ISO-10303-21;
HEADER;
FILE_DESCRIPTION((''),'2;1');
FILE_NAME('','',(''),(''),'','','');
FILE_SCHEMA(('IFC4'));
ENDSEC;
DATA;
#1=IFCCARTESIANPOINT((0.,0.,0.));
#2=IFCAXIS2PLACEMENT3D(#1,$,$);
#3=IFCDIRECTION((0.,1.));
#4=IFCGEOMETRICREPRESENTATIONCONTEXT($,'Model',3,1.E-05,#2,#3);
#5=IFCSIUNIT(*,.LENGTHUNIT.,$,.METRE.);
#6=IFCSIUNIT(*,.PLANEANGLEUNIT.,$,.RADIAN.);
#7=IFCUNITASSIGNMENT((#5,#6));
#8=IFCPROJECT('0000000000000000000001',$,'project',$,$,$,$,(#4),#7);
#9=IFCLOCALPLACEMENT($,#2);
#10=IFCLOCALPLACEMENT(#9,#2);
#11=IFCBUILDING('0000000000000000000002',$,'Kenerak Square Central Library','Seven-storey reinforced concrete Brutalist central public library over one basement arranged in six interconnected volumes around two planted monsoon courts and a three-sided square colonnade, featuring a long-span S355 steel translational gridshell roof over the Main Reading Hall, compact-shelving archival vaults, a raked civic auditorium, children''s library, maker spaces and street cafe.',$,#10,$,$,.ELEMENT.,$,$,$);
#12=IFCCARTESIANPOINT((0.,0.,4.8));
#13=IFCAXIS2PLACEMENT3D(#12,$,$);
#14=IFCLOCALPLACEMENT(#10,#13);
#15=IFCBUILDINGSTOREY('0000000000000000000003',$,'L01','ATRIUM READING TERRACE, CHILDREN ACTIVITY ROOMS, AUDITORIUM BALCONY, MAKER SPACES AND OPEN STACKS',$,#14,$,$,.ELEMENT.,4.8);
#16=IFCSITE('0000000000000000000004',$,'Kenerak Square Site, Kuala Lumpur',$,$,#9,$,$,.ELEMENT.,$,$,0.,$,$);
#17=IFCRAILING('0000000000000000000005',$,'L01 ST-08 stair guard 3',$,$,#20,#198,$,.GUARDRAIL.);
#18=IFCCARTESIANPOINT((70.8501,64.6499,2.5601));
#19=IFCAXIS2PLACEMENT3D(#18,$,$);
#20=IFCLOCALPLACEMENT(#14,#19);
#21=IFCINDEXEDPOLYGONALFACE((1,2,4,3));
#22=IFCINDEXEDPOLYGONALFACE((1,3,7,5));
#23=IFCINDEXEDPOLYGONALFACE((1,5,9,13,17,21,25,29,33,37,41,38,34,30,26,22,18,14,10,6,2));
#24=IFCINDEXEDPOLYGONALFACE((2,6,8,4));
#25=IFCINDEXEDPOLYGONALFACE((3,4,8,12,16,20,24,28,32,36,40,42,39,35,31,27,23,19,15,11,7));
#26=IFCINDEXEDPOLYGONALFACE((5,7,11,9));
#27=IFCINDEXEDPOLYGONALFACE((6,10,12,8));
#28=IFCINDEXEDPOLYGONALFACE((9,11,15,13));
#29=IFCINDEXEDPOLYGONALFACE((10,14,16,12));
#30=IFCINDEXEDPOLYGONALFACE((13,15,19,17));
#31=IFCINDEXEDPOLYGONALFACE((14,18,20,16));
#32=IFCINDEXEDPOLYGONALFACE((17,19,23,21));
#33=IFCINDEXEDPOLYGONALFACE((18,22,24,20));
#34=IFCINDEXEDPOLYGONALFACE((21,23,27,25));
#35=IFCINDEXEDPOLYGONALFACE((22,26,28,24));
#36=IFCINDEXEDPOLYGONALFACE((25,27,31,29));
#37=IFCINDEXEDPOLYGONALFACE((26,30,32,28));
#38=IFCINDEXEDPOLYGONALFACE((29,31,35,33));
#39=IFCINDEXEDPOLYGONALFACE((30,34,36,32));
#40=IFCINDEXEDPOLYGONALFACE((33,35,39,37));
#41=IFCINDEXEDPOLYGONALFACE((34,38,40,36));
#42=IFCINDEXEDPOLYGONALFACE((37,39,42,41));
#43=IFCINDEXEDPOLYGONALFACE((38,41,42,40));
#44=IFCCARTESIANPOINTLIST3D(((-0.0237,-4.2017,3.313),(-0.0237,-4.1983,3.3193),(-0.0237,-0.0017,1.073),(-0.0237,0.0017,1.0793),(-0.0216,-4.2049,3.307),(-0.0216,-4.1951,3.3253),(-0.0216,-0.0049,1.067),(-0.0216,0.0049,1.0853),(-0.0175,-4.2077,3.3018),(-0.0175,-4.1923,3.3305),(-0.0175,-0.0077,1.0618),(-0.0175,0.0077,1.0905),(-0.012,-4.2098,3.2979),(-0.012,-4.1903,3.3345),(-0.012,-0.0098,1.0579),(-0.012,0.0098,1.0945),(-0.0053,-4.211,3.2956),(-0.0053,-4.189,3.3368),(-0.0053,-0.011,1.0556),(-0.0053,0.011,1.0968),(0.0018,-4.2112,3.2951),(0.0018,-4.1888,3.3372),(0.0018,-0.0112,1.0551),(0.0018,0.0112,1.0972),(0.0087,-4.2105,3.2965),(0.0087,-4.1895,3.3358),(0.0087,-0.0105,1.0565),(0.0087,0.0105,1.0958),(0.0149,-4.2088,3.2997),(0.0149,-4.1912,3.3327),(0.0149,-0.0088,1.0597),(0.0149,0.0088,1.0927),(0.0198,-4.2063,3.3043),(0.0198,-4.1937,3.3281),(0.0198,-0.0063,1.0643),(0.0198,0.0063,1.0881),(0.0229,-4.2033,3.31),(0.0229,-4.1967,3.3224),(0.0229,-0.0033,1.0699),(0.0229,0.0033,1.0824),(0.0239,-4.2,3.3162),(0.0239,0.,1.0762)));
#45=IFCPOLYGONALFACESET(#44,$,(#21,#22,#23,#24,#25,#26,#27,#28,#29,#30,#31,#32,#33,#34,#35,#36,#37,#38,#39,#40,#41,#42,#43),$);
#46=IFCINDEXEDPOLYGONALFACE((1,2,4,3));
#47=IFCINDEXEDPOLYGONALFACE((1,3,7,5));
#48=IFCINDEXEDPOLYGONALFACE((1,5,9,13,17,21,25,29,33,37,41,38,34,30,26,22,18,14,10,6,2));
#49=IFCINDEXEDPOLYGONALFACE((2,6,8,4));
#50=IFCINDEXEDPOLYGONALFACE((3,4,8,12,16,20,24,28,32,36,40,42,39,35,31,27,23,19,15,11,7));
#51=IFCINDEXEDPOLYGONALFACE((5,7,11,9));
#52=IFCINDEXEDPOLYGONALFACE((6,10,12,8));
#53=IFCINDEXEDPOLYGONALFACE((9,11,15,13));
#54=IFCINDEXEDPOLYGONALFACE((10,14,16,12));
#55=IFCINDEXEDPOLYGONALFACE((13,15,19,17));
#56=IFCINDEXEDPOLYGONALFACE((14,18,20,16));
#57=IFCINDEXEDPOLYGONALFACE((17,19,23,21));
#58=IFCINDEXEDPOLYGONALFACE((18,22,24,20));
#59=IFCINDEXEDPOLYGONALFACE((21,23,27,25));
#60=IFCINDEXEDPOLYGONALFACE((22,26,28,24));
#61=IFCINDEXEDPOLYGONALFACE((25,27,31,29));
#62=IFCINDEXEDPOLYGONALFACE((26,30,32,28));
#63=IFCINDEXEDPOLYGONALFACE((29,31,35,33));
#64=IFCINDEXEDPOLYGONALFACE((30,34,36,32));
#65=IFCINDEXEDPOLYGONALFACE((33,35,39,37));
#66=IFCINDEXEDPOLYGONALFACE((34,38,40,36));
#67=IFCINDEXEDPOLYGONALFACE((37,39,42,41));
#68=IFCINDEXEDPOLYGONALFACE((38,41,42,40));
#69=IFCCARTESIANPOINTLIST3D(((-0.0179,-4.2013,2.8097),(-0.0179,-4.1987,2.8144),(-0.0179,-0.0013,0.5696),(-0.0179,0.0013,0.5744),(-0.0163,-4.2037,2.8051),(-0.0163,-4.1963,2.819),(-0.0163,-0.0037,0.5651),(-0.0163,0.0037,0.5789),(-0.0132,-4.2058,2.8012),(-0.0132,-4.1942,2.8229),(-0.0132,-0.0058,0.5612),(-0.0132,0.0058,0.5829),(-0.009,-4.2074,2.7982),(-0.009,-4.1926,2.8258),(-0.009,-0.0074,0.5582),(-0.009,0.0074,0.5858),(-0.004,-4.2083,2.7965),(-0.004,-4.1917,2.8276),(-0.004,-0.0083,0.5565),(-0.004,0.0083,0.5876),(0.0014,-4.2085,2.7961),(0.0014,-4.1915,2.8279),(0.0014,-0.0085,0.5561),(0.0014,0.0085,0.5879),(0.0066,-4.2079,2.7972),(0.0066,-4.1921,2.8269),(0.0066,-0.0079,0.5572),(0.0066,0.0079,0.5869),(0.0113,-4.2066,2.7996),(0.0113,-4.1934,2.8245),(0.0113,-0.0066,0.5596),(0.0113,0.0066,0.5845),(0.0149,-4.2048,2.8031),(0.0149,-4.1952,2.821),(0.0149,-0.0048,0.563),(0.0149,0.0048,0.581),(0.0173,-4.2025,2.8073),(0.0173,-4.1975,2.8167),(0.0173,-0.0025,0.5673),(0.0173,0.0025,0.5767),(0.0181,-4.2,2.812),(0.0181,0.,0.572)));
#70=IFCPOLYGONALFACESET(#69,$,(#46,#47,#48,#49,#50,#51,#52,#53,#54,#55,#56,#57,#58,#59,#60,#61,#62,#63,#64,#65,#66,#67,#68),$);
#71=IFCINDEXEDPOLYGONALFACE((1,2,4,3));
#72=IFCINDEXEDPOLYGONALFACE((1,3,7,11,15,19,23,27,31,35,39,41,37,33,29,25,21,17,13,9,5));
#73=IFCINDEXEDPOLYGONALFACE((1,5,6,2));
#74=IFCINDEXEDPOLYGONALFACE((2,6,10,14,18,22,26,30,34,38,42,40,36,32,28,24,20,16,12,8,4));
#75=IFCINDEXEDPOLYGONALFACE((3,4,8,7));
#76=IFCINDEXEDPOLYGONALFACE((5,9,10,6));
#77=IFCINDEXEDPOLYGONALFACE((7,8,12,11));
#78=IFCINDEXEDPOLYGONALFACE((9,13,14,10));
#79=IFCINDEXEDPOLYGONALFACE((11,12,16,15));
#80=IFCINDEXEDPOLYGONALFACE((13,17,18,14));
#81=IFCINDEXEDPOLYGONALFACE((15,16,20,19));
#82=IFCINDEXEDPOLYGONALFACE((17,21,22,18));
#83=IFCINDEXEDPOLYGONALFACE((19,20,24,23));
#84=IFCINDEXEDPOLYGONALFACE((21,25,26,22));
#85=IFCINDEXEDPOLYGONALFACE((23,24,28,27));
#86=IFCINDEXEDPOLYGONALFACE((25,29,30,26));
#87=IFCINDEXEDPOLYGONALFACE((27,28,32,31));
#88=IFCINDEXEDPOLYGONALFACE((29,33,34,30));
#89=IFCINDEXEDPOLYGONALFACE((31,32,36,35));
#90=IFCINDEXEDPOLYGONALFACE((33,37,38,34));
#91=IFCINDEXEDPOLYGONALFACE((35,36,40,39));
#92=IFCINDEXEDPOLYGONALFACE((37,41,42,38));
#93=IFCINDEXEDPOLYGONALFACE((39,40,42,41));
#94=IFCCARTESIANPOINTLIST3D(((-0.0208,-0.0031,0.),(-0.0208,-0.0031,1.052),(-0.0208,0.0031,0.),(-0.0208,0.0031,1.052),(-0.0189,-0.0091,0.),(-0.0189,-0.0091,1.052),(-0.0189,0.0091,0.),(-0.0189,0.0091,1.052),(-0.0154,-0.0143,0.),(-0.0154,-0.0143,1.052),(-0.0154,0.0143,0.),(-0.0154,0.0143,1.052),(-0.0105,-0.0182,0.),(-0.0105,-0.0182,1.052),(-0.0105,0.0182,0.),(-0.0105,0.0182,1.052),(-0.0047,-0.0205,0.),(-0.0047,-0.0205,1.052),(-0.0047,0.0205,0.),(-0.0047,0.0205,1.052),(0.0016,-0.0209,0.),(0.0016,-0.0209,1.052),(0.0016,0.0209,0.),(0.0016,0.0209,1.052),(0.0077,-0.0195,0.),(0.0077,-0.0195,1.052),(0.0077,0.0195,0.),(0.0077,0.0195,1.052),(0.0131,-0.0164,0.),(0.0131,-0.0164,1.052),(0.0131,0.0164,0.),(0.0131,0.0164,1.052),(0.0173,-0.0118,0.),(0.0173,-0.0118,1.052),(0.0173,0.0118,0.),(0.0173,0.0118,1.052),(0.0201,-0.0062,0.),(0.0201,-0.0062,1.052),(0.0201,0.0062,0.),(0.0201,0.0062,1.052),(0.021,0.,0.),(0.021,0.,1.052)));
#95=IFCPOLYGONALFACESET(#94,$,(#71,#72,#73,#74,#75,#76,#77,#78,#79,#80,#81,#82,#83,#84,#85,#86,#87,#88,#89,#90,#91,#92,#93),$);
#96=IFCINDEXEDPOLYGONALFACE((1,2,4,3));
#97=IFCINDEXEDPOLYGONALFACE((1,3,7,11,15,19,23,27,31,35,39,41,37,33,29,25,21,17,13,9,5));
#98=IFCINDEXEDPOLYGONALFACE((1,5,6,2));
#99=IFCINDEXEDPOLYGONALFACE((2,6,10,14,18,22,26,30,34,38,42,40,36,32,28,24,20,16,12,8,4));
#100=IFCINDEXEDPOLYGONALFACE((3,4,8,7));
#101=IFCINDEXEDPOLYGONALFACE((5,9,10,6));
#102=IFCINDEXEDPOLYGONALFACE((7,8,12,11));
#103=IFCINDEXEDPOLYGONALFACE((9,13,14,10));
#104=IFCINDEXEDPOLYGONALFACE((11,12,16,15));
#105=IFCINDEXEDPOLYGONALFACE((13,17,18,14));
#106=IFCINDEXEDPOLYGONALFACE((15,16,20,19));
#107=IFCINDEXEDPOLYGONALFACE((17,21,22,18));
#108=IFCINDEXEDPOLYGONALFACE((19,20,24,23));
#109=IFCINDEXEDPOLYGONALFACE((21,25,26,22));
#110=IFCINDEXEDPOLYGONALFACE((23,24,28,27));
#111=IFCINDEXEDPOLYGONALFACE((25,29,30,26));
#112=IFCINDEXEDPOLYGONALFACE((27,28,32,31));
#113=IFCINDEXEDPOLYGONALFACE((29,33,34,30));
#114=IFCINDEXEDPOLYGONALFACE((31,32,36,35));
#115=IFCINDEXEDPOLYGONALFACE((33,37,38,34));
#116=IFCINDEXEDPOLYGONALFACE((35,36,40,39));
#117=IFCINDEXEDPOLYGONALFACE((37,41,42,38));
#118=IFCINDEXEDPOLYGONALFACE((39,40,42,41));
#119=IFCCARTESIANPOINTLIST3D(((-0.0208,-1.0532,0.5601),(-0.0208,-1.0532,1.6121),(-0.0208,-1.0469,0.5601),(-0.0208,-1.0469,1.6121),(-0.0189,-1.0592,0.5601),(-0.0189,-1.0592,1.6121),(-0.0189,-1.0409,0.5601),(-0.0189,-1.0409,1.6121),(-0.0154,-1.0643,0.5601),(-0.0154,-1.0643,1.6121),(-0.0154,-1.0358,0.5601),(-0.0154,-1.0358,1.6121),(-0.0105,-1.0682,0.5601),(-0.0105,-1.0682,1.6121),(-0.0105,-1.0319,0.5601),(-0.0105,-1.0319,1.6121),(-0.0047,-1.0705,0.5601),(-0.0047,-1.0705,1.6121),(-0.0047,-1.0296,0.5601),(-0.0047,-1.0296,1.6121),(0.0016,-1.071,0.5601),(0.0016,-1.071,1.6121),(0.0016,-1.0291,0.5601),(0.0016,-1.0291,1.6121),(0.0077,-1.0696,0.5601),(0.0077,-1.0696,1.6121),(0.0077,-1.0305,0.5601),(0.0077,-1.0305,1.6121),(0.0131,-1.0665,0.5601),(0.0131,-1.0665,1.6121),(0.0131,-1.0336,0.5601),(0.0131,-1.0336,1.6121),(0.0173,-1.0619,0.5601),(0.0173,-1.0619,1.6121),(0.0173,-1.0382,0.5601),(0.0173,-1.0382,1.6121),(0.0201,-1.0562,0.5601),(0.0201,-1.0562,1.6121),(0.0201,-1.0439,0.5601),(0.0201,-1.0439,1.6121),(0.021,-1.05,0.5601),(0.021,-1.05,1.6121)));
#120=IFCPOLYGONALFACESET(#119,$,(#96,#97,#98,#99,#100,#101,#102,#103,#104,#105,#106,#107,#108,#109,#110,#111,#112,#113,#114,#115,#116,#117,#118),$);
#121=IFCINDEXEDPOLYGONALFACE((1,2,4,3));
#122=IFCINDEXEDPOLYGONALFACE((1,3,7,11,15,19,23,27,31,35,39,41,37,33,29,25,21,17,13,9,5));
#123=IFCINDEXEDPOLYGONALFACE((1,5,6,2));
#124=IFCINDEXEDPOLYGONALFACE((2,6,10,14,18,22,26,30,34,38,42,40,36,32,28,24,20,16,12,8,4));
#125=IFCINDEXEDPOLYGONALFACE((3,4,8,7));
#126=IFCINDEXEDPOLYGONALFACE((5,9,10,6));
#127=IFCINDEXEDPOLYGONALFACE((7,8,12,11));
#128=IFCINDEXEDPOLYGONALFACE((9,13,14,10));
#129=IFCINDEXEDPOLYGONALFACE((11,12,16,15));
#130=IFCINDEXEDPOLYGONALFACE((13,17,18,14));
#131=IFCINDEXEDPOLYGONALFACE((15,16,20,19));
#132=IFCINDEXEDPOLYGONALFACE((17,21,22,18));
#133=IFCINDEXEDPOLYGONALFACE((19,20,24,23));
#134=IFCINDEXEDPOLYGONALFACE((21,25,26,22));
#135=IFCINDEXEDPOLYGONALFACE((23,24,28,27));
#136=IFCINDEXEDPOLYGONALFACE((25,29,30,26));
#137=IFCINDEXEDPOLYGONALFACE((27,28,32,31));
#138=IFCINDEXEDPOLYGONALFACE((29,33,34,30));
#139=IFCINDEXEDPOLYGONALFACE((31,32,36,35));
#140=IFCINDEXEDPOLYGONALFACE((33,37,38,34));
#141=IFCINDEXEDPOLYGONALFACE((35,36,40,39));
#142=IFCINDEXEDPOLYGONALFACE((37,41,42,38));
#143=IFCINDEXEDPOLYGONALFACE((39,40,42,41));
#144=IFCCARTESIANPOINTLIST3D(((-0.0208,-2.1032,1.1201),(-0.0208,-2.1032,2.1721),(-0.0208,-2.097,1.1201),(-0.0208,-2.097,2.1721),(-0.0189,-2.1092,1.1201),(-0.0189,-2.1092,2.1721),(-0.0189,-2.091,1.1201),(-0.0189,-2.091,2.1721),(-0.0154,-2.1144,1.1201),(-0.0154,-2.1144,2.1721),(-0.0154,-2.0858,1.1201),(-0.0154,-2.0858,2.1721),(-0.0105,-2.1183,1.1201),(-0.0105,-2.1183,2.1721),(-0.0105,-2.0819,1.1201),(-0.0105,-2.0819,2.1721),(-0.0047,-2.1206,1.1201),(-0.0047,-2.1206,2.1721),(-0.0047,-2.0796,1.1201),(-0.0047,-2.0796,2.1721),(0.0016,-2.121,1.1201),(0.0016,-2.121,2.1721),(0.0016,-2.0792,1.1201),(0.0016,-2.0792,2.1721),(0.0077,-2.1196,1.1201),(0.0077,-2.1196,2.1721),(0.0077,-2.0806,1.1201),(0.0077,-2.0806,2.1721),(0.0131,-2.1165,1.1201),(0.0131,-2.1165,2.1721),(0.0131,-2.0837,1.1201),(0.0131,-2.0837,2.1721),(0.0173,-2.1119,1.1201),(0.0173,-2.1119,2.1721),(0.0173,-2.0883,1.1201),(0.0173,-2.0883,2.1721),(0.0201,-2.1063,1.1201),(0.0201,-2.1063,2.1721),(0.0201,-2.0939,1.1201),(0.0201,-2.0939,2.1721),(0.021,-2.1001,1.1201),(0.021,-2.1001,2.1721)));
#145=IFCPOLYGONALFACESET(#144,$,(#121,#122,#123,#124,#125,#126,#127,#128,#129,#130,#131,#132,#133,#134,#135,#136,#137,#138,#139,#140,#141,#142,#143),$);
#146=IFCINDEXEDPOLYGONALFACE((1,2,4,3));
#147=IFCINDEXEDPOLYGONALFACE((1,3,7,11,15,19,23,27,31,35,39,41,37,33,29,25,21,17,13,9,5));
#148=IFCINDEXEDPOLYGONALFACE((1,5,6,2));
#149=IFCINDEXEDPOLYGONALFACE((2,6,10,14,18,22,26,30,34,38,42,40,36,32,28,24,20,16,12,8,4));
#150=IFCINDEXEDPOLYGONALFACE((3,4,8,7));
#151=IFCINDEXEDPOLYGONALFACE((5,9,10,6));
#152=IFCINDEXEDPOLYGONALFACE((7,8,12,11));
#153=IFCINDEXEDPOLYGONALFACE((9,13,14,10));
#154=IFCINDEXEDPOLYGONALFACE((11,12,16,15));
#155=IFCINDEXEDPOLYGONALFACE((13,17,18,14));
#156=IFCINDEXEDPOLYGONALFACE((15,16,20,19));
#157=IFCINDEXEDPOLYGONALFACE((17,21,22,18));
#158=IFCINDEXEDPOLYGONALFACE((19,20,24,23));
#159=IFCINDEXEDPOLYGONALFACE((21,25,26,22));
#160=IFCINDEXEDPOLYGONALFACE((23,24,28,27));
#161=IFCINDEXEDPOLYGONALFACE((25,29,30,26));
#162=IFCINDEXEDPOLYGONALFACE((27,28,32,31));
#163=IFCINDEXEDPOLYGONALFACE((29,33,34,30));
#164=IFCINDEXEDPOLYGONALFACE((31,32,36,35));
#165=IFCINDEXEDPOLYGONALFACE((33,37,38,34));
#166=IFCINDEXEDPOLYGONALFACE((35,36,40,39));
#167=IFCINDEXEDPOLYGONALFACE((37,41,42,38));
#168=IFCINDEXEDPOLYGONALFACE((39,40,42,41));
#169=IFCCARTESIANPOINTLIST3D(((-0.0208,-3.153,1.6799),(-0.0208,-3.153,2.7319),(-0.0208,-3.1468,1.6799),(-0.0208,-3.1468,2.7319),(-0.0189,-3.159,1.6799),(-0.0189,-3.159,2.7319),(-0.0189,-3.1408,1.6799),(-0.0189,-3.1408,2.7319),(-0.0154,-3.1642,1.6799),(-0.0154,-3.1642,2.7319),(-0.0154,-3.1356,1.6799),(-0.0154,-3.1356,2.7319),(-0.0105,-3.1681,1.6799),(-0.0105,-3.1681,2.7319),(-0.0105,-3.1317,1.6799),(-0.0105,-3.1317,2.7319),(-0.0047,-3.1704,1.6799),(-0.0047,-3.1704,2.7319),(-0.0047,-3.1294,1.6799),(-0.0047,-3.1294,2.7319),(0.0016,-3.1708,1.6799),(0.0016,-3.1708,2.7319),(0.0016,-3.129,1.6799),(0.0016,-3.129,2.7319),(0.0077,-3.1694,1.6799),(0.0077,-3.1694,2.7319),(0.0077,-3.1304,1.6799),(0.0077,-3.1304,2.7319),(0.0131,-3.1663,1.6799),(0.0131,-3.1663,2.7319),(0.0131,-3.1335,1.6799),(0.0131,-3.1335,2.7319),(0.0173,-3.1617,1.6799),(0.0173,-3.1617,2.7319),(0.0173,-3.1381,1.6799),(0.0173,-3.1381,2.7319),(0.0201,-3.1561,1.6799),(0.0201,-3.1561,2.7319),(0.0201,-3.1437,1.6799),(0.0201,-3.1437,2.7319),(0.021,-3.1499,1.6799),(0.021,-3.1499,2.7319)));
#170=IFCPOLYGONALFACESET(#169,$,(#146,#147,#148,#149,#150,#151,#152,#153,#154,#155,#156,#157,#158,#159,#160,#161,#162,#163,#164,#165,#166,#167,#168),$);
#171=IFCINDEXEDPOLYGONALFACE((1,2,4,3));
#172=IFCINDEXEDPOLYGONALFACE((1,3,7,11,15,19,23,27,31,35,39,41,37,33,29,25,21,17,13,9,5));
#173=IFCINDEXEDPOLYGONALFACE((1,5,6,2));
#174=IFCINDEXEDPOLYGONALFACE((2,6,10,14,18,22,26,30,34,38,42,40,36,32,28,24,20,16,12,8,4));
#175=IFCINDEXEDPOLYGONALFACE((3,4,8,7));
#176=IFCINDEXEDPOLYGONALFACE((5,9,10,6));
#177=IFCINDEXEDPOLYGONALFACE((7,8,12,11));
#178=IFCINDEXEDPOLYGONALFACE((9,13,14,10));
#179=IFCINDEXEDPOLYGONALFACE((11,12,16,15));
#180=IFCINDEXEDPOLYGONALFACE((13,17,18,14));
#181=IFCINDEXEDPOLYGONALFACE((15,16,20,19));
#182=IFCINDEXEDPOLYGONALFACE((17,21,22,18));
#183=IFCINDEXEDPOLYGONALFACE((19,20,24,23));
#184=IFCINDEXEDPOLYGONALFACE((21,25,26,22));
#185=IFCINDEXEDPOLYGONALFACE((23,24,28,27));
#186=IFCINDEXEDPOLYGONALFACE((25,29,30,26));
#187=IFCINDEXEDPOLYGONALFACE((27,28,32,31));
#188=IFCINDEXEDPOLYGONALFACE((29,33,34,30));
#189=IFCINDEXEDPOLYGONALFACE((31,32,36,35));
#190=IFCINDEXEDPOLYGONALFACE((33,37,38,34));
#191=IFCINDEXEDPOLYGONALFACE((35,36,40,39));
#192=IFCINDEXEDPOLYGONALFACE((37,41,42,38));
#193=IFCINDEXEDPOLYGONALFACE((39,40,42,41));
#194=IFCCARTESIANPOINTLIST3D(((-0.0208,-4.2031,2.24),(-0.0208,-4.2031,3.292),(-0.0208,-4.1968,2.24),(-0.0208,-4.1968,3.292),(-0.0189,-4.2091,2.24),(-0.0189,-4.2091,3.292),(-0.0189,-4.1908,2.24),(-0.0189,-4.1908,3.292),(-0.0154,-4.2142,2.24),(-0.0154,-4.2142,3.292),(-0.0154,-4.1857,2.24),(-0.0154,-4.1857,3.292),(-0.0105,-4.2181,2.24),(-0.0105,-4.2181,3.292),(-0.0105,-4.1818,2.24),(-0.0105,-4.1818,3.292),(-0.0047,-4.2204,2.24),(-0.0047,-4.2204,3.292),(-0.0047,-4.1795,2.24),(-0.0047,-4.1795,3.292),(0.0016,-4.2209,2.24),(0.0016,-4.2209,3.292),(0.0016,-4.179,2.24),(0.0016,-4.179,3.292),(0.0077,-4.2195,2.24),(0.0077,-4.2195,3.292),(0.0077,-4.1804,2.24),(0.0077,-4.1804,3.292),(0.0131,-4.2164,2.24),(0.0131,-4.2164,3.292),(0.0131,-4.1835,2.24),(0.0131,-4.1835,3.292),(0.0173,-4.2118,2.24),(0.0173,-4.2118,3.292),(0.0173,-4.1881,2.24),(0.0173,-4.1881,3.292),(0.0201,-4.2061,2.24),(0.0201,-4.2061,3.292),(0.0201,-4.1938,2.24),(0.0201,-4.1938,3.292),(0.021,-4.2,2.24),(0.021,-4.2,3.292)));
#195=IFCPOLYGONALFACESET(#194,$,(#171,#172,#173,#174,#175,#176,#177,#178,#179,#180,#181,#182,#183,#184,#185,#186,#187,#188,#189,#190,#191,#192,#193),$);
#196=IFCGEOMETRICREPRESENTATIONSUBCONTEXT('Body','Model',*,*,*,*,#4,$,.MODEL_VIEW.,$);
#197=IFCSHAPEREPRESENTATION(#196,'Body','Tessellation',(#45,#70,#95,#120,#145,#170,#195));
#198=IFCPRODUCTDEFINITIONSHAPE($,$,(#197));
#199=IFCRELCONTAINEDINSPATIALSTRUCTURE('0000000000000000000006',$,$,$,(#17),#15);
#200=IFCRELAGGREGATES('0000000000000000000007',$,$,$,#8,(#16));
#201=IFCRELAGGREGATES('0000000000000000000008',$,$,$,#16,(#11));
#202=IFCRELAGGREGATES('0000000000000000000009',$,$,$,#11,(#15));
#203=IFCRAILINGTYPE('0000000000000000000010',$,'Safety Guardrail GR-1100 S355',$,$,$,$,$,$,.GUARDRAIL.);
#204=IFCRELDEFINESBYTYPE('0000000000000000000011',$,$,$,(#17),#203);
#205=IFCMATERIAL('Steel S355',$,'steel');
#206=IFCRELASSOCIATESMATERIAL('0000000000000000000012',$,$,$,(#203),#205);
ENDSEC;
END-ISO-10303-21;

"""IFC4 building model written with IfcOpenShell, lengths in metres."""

from ifc_helpers import new_model, si_unit, direction, frame, origin, origin_2d, place, context, subcontext, project, spatial, circle, extrude, material, type_object, element, save


model = new_model("IFC4")

# Units and contexts
model_context = context("Model", 3, precision=1e-05, world=origin(), true_north=direction((0.0, 1.0)))
body_context = subcontext(model_context, "Body", "Model", "MODEL_VIEW")
ifc_project = project(units=[si_unit("LENGTHUNIT", "METRE"), si_unit("PLANEANGLEUNIT", "RADIAN")], contexts=[model_context])

# Site, building, storey
site_placement = place(None, origin())
site = spatial("IfcSite", under=ifc_project, at=site_placement, Name="Kenerak Square Site, Kuala Lumpur", CompositionType="ELEMENT", RefElevation=0.0)
building_placement = place(site_placement, origin())
building = spatial("IfcBuilding", under=site, at=building_placement, Name="Kenerak Square Central Library", Description="Seven-storey reinforced concrete Brutalist central public library over one basement arranged in six interconnected volumes around two planted monsoon courts and a three-sided square colonnade, featuring a long-span S355 steel translational gridshell roof over the Main Reading Hall, compact-shelving archival vaults, a raked civic auditorium, children's library, maker spaces and street cafe.", CompositionType="ELEMENT")
storey_placement = place(building_placement, frame((0.0, 0.0, 4.8)))
storey = spatial("IfcBuildingStorey", under=building, at=storey_placement, Name="L01", Description="ATRIUM READING TERRACE, CHILDREN ACTIVITY ROOMS, AUDITORIUM BALCONY, MAKER SPACES AND OPEN STACKS", CompositionType="ELEMENT", Elevation=4.8)

# Railing
ifc_material_1 = material(Name="Steel S355", Category="steel")
railing_type_1 = type_object("IfcRailingType", Name="Safety Guardrail GR-1100 S355", PredefinedType="GUARDRAIL", material=ifc_material_1)
railing_1_placement = place(storey_placement, frame((70.8501, 64.6499, 2.5601)))
element("IfcRailing", 1, at=railing_1_placement, inside=storey, type_object=railing_type_1, Name="L01 ST-08 stair guard 3", PredefinedType="GUARDRAIL", context=body_context, shape_type="SweptSolid", body=[
    extrude(circle(Radius=0.0239, at=origin_2d()), frame((0.0, 0.0, 1.0762), z_axis=(0.0, -0.882352, 0.470591), x_axis=(1.0, 0.0, 0.0)), (0.0, 0.0, 1.0), 4.76),
    extrude(circle(Radius=0.0181, at=origin_2d()), frame((0.0, 0.0, 0.572), z_axis=(0.0, -0.882352, 0.470591), x_axis=(1.0, 0.0, 0.0)), (0.0, 0.0, 1.0), 4.76),
    extrude(circle(Radius=0.021, at=origin_2d()), origin(), (0.0, 0.0, 1.0), 1.052),
    extrude(circle(Radius=0.021, at=origin_2d()), frame((0.0, -1.05, 0.5601)), (0.0, 0.0, 1.0), 1.052),
    extrude(circle(Radius=0.021, at=origin_2d()), frame((0.0, -2.1001, 1.1201)), (0.0, 0.0, 1.0), 1.052),
    extrude(circle(Radius=0.021, at=origin_2d()), frame((0.0, -3.1499, 1.6799)), (0.0, 0.0, 1.0), 1.052),
    extrude(circle(Radius=0.021, at=origin_2d()), frame((0.0, -4.2, 2.24)), (0.0, 0.0, 1.0), 1.052),
])

save(model, "model.ifc")
